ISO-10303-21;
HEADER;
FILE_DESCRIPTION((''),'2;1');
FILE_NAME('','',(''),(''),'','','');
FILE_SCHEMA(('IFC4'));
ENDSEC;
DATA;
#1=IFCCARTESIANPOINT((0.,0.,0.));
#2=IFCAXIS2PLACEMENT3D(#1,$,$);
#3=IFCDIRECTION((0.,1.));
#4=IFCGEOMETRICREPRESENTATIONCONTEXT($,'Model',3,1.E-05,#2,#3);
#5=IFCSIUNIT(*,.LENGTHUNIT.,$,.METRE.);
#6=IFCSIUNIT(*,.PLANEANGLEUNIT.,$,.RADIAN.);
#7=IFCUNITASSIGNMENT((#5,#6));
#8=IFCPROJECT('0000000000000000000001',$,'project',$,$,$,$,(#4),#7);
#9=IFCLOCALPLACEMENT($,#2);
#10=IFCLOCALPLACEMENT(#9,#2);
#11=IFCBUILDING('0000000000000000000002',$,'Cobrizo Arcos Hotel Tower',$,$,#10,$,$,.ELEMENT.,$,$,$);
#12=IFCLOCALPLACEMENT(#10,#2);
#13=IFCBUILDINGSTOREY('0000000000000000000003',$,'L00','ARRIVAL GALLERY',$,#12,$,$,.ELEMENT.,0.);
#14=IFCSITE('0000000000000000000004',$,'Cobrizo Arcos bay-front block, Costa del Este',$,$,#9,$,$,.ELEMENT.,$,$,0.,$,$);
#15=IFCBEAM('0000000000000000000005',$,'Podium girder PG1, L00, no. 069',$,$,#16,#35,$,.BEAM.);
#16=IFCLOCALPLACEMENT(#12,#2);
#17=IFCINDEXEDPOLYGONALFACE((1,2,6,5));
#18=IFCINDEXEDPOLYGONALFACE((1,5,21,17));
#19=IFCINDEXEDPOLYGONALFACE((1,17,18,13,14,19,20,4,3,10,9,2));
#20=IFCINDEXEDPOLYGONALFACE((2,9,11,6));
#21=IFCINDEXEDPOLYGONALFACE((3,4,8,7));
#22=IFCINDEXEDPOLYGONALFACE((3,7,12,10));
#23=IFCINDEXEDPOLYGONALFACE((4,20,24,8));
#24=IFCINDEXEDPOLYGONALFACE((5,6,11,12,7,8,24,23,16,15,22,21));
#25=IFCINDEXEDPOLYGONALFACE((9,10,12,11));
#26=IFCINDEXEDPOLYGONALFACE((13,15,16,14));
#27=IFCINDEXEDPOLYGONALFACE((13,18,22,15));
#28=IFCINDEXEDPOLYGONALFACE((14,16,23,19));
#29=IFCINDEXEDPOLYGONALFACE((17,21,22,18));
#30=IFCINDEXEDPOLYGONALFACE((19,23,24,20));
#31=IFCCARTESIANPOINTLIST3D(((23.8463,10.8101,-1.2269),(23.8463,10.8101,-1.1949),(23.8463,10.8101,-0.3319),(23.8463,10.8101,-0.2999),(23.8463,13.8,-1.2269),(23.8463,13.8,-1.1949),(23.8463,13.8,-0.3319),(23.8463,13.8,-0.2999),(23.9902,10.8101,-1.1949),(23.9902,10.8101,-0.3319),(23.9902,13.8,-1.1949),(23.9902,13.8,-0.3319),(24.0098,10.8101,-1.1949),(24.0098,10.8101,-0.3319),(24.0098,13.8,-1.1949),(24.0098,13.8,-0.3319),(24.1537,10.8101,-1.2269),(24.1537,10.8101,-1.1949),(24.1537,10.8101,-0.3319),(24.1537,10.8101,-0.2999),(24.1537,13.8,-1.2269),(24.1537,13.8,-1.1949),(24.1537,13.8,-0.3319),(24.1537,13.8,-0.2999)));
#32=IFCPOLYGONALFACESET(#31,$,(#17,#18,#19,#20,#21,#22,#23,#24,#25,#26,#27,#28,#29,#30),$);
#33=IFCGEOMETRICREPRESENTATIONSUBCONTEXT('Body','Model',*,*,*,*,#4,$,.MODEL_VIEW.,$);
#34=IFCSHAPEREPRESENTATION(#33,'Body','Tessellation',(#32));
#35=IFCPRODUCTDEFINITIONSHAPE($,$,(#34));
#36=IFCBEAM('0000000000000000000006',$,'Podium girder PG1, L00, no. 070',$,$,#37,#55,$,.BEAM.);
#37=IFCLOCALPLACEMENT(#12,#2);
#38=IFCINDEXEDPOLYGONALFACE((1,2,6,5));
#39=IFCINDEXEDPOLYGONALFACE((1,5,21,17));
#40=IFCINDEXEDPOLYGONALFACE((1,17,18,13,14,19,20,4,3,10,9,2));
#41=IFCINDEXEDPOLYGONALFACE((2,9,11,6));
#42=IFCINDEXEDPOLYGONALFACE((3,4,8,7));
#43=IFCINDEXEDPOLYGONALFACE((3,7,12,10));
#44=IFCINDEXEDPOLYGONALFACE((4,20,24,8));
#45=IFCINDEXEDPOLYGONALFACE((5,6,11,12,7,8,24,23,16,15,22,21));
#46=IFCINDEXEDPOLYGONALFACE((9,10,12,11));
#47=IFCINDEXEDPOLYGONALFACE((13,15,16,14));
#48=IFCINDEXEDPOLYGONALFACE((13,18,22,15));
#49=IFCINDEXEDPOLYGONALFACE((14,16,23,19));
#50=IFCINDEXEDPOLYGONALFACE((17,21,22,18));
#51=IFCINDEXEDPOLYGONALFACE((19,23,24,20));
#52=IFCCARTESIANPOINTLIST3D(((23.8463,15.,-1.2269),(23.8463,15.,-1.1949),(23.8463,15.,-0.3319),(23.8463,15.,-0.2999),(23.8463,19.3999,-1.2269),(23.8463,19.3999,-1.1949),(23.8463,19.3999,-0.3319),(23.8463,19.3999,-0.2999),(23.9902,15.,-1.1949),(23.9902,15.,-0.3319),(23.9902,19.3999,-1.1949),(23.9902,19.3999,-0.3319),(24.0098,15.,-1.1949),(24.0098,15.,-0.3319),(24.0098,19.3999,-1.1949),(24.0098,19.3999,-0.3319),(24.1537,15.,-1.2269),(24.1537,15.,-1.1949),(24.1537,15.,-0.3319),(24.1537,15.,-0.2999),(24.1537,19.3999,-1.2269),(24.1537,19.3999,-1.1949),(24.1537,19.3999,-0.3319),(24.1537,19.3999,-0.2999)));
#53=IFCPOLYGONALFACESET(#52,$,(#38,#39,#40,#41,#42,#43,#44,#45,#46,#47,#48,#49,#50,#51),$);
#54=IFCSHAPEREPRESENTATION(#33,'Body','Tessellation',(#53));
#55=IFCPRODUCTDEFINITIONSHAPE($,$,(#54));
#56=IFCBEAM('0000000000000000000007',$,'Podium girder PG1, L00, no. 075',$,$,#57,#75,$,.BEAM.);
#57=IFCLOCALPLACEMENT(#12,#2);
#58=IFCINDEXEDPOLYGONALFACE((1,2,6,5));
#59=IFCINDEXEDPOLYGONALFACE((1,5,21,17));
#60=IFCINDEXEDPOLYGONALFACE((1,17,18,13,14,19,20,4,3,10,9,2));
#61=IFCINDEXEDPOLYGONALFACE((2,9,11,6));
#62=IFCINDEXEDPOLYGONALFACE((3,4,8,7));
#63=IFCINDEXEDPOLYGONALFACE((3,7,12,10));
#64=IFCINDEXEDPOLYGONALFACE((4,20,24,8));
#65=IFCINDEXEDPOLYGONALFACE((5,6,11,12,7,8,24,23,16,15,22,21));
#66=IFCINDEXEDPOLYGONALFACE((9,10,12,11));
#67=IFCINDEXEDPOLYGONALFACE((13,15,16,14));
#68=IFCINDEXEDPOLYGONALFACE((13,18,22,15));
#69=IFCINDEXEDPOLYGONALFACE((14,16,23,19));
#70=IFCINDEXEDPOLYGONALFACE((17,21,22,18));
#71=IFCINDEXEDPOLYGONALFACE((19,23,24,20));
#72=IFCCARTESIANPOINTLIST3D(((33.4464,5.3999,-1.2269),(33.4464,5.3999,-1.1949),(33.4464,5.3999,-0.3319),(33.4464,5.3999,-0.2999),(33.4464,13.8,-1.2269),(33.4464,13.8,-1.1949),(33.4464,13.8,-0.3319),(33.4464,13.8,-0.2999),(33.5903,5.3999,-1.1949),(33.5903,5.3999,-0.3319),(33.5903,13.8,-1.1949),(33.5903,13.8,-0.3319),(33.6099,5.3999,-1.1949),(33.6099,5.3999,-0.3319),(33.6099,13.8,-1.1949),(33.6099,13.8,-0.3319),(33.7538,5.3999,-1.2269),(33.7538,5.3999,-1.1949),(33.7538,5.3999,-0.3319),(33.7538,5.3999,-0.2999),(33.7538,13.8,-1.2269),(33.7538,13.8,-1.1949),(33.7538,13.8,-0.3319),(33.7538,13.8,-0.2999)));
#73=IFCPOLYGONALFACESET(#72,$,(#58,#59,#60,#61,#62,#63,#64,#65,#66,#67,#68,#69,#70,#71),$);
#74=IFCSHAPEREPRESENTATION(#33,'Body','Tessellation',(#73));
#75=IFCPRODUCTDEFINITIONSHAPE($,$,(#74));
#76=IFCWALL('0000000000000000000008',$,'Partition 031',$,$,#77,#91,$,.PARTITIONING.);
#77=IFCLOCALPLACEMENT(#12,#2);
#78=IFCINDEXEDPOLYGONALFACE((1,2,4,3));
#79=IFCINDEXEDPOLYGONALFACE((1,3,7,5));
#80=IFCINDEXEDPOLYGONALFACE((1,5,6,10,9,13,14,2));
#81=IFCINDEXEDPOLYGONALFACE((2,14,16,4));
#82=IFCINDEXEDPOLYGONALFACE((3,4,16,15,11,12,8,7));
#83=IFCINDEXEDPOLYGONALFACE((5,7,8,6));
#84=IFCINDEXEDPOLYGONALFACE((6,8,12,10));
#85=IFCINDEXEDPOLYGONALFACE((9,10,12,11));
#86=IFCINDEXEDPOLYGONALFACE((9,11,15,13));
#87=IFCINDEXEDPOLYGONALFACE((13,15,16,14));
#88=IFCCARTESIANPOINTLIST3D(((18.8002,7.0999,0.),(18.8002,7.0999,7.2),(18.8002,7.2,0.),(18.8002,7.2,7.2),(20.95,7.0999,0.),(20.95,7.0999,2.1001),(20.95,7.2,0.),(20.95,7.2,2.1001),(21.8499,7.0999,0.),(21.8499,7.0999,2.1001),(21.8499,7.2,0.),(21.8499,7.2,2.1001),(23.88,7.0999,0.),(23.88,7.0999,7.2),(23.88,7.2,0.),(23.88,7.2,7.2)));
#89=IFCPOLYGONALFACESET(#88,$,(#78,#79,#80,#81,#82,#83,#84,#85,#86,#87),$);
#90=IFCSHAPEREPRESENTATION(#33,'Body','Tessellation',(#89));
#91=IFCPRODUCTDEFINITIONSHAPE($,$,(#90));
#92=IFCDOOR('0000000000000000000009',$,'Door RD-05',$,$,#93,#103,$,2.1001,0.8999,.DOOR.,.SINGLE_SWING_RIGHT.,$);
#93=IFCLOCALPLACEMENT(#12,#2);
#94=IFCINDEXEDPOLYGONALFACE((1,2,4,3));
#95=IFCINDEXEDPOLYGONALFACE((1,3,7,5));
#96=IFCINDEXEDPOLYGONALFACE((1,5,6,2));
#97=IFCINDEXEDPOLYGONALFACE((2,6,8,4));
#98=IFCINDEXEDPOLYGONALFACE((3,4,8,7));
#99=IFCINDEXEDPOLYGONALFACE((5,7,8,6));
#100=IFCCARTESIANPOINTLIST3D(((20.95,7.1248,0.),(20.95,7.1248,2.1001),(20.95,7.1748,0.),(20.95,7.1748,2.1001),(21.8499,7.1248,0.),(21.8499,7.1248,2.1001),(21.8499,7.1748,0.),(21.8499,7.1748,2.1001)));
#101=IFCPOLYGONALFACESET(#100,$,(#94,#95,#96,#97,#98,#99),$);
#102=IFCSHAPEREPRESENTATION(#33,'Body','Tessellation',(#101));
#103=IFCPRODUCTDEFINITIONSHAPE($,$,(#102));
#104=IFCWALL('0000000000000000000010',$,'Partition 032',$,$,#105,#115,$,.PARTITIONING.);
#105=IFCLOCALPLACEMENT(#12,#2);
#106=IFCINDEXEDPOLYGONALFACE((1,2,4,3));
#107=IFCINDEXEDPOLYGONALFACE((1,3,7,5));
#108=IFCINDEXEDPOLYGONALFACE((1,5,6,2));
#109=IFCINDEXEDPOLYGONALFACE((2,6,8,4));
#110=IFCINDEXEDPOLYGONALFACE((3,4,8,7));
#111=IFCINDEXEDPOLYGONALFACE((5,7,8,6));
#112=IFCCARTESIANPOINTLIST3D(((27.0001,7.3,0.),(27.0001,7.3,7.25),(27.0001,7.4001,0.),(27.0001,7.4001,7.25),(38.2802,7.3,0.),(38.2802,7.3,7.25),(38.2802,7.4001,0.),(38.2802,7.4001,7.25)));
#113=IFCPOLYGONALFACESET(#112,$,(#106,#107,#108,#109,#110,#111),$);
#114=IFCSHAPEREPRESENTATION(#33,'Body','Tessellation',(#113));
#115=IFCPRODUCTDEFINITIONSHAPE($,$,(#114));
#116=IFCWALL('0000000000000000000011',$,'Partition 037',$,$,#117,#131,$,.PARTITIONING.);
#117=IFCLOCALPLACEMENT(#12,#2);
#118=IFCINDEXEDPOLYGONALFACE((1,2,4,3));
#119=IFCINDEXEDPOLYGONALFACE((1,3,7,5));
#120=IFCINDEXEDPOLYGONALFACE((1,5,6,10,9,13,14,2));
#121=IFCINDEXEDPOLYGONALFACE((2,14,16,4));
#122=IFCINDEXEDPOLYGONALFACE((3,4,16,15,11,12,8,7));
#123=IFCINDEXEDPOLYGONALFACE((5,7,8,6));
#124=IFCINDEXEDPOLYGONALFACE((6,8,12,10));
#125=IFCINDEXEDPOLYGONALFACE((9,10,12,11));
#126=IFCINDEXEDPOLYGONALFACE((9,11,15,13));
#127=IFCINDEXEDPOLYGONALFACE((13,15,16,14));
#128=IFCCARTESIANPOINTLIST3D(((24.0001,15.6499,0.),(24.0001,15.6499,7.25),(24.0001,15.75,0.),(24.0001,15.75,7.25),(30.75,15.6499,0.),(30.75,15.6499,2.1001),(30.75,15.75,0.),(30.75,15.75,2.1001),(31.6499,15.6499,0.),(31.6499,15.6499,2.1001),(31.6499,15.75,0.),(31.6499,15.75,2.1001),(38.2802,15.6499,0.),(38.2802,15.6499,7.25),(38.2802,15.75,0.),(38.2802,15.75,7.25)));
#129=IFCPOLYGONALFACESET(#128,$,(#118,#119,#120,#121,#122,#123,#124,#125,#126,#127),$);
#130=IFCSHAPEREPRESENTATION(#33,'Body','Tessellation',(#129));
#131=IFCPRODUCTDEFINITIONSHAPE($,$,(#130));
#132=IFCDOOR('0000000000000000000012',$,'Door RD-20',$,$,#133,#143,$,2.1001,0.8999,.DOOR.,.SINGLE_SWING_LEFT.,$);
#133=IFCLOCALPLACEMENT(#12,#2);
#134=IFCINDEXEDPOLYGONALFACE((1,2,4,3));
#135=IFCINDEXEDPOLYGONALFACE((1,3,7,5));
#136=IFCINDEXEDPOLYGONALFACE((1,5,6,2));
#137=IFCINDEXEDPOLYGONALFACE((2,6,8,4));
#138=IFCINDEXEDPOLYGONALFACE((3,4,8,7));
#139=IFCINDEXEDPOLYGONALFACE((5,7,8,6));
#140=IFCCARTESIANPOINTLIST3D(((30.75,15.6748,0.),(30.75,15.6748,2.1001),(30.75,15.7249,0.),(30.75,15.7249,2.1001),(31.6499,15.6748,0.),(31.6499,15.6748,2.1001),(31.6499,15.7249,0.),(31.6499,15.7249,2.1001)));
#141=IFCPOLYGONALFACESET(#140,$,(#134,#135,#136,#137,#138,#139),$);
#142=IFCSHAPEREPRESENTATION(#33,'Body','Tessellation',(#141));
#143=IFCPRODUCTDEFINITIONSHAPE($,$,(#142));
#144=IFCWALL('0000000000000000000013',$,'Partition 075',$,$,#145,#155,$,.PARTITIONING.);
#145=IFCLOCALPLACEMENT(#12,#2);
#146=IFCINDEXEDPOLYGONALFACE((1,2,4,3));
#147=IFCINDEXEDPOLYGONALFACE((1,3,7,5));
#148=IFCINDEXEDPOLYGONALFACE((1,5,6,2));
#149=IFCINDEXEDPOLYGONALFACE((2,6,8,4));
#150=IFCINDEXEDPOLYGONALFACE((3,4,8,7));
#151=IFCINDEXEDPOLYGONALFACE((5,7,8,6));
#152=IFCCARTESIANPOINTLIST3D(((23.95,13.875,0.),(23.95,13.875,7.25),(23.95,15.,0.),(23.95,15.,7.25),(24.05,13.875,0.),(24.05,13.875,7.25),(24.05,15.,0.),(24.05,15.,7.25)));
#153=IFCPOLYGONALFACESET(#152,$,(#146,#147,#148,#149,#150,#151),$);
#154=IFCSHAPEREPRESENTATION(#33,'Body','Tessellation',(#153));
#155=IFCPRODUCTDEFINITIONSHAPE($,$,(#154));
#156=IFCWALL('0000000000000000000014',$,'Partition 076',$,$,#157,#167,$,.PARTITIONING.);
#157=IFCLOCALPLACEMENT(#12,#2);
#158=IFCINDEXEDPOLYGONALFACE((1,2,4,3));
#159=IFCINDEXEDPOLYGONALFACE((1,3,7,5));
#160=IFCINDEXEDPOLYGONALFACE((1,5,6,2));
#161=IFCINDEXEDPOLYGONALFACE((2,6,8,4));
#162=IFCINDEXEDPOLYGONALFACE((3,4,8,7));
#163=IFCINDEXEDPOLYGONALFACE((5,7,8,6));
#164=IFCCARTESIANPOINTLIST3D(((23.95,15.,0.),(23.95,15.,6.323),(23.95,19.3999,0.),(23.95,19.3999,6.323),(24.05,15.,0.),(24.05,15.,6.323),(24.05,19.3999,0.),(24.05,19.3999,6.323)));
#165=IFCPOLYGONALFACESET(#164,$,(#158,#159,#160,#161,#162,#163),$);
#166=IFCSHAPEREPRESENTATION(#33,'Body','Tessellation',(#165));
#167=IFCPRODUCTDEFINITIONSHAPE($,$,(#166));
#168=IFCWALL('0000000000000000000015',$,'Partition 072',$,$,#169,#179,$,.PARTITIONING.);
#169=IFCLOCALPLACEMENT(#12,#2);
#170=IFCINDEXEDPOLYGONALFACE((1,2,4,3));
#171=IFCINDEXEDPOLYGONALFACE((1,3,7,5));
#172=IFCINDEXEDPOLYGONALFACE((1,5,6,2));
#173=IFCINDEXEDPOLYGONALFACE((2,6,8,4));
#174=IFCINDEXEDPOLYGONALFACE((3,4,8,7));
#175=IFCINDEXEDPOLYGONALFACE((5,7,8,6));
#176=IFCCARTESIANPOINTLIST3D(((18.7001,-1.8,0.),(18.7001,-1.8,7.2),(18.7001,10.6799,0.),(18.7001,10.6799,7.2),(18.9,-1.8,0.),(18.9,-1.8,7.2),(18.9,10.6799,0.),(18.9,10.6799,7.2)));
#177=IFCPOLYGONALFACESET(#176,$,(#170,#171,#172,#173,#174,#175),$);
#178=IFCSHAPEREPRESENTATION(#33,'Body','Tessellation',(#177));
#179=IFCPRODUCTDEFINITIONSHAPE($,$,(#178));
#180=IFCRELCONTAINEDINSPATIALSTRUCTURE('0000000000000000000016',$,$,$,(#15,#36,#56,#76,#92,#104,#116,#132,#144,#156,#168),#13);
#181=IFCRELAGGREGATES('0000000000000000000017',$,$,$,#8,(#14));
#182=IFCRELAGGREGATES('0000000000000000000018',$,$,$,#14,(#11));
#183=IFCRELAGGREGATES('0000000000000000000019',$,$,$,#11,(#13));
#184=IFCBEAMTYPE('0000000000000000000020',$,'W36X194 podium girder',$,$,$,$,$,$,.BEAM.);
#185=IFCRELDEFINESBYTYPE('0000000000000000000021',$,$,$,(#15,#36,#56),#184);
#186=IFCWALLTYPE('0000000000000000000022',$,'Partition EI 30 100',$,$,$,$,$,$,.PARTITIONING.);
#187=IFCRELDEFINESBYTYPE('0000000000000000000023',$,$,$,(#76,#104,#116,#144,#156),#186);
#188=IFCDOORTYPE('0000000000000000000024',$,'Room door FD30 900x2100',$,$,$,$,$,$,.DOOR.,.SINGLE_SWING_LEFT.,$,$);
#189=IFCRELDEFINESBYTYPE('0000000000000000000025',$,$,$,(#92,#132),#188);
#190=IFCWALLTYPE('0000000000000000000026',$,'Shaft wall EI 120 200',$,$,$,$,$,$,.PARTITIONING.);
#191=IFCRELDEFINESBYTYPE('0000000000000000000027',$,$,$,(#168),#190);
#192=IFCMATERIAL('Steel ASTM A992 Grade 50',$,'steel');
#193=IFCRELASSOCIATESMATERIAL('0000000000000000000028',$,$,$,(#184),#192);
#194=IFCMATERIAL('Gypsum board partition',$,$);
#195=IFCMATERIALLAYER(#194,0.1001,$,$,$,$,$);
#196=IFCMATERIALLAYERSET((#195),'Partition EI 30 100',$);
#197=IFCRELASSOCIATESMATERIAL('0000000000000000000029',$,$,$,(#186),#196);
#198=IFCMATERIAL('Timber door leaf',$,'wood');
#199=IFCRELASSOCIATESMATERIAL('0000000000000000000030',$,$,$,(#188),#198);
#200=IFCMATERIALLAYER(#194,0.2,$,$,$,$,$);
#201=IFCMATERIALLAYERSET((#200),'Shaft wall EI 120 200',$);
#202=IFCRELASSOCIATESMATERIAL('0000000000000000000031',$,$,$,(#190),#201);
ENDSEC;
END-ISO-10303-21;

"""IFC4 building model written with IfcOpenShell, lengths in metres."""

from ifc_helpers import new_model, si_unit, direction, frame, frame_2d, origin, origin_2d, place, context, subcontext, project, spatial, rectangle, i_section, extrude, material, layer, layer_set, material_profile, profile_set, type_object, element, fill, save


model = new_model("IFC4")

# Units and contexts
model_context = context("Model", 3, precision=1e-05, world=origin(), true_north=direction((0.0, 1.0)))
body_context = subcontext(model_context, "Body", "Model", "MODEL_VIEW")
ifc_project = project(units=[si_unit("LENGTHUNIT", "METRE"), si_unit("PLANEANGLEUNIT", "RADIAN")], contexts=[model_context])

# Site, building, storey
site_placement = place(None, origin())
site = spatial("IfcSite", under=ifc_project, at=site_placement, Name="Cobrizo Arcos bay-front block, Costa del Este", CompositionType="ELEMENT", RefElevation=0.0)
building_placement = place(site_placement, origin())
building = spatial("IfcBuilding", under=site, at=building_placement, Name="Cobrizo Arcos Hotel Tower", CompositionType="ELEMENT")
storey_placement = place(building_placement, origin())
storey = spatial("IfcBuildingStorey", under=building, at=storey_placement, Name="L00", Description="ARRIVAL GALLERY", CompositionType="ELEMENT", Elevation=0.0)

# Beams
ifc_material_1 = material(Name="Steel ASTM A992 Grade 50", Category="steel")
ifc_material_profile_1 = material_profile(ifc_material_1, i_section(OverallWidth=0.3074, OverallDepth=0.927, WebThickness=0.0195, FlangeThickness=0.032, at=origin_2d()), Name="W36X194")
ifc_profile_set_1 = profile_set([ifc_material_profile_1], Name="Steel ASTM A992 Grade 50")
beam_type_1 = type_object("IfcBeamType", Name="W36X194 podium girder", PredefinedType="BEAM", material=ifc_profile_set_1)
beam_1_placement = place(storey_placement, frame((24.0, 10.8101, -0.7634), z_axis=(0.0, 1.0, 0.0), x_axis=(-1.0, 0.0, 0.0)))
element("IfcBeam", 1, at=beam_1_placement, inside=storey, type_object=beam_type_1, Name="Podium girder PG1, L00, no. 069", PredefinedType="BEAM", context=body_context, shape_type="SweptSolid", body=[
    extrude(i_section(OverallWidth=0.3074, OverallDepth=0.927, WebThickness=0.0195, FlangeThickness=0.032, at=origin_2d()), origin(), (0.0, 0.0, 1.0), 2.99),
])
beam_2_placement = place(storey_placement, frame((24.0, 15.0, -0.7634), z_axis=(0.0, 1.0, 0.0), x_axis=(-1.0, 0.0, 0.0)))
element("IfcBeam", 2, at=beam_2_placement, inside=storey, type_object=beam_type_1, Name="Podium girder PG1, L00, no. 070", PredefinedType="BEAM", context=body_context, shape_type="SweptSolid", body=[
    extrude(i_section(OverallWidth=0.3074, OverallDepth=0.927, WebThickness=0.0195, FlangeThickness=0.032, at=origin_2d()), origin(), (0.0, 0.0, 1.0), 4.3999),
])
beam_3_placement = place(storey_placement, frame((33.6001, 5.3999, -0.7634), z_axis=(0.0, 1.0, 0.0), x_axis=(-1.0, 0.0, 0.0)))
element("IfcBeam", 3, at=beam_3_placement, inside=storey, type_object=beam_type_1, Name="Podium girder PG1, L00, no. 075", PredefinedType="BEAM", context=body_context, shape_type="SweptSolid", body=[
    extrude(i_section(OverallWidth=0.3074, OverallDepth=0.927, WebThickness=0.0195, FlangeThickness=0.032, at=origin_2d()), origin(), (0.0, 0.0, 1.0), 8.4001),
])

# Wall, opening, door
ifc_material_2 = material(Name="Gypsum board partition")
ifc_layer_1 = layer(ifc_material_2, 0.1001)
ifc_layer_set_1 = layer_set([ifc_layer_1], Name="Partition EI 30 100")
wall_type_1 = type_object("IfcWallType", Name="Partition EI 30 100", PredefinedType="PARTITIONING", material=ifc_layer_set_1)
wall_1_placement = place(storey_placement, frame((18.8, 7.1499, 0.0), z_axis=(0.0, 0.0, 1.0), x_axis=(1.0, 0.0, 0.0)))
wall_1 = element("IfcWall", 4, at=wall_1_placement, inside=storey, type_object=wall_type_1, Name="Partition 031", PredefinedType="PARTITIONING", context=body_context, shape_type="SweptSolid", body=[
    extrude(rectangle(XDim=5.0798, YDim=0.1001, at=frame_2d((2.54, 0.0))), origin(), (0.0, 0.0, 1.0), 7.2),
])
opening_1_placement = place(wall_1_placement, frame((2.1499, 0.0, 0.0)))
opening_1 = element("IfcOpeningElement", 5, at=opening_1_placement, cuts=wall_1, PredefinedType="OPENING", context=body_context, shape_type="SweptSolid", body=[
    extrude(rectangle(XDim=0.8999, YDim=2.1001, at=frame_2d((0.45, 1.05))), frame((0.0, 0.062, 0.0), z_axis=(0.0, -1.0, 0.0), x_axis=(1.0, 0.0, 0.0)), (0.0, 0.0, 1.0), 0.124),
])
ifc_material_3 = material(Name="Timber door leaf", Category="wood")
door_type = type_object("IfcDoorType", Name="Room door FD30 900x2100", OperationType="SINGLE_SWING_LEFT", PredefinedType="DOOR", material=ifc_material_3)
door_1_placement = place(opening_1_placement, origin())
door_1 = element("IfcDoor", 6, at=door_1_placement, inside=storey, type_object=door_type, Name="Door RD-05", OperationType="SINGLE_SWING_RIGHT", OverallHeight=2.1001, OverallWidth=0.8999, PredefinedType="DOOR", context=body_context, shape_type="SweptSolid", body=[
    extrude(rectangle(XDim=0.8999, YDim=2.1001, at=frame_2d((0.45, 1.05))), frame((0.0, 0.0249, 0.0), z_axis=(0.0, -1.0, 0.0), x_axis=(1.0, 0.0, 0.0)), (0.0, 0.0, 1.0), 0.05),
])
fill(opening_1, door_1)

# Wall
wall_2_placement = place(storey_placement, frame((27.0, 7.3501, 0.0), z_axis=(0.0, 0.0, 1.0), x_axis=(1.0, 0.0, 0.0)))
element("IfcWall", 7, at=wall_2_placement, inside=storey, type_object=wall_type_1, Name="Partition 032", PredefinedType="PARTITIONING", context=body_context, shape_type="SweptSolid", body=[
    extrude(rectangle(XDim=11.28, YDim=0.1001, at=frame_2d((5.6401, 0.0))), origin(), (0.0, 0.0, 1.0), 7.25),
])

# Wall, opening, door
wall_3_placement = place(storey_placement, frame((24.0, 15.7, 0.0), z_axis=(0.0, 0.0, 1.0), x_axis=(1.0, 0.0, 0.0)))
wall_3 = element("IfcWall", 8, at=wall_3_placement, inside=storey, type_object=wall_type_1, Name="Partition 037", PredefinedType="PARTITIONING", context=body_context, shape_type="SweptSolid", body=[
    extrude(rectangle(XDim=14.28, YDim=0.1001, at=frame_2d((7.1401, 0.0))), origin(), (0.0, 0.0, 1.0), 7.25),
])
opening_2_placement = place(wall_3_placement, frame((6.75, 0.0, 0.0)))
opening_2 = element("IfcOpeningElement", 9, at=opening_2_placement, cuts=wall_3, PredefinedType="OPENING", context=body_context, shape_type="SweptSolid", body=[
    extrude(rectangle(XDim=0.8999, YDim=2.1001, at=frame_2d((0.45, 1.05))), frame((0.0, 0.062, 0.0), z_axis=(0.0, -1.0, 0.0), x_axis=(1.0, 0.0, 0.0)), (0.0, 0.0, 1.0), 0.124),
])
door_2_placement = place(opening_2_placement, origin())
door_2 = element("IfcDoor", 10, at=door_2_placement, inside=storey, type_object=door_type, Name="Door RD-20", OperationType="SINGLE_SWING_LEFT", OverallHeight=2.1001, OverallWidth=0.8999, PredefinedType="DOOR", context=body_context, shape_type="SweptSolid", body=[
    extrude(rectangle(XDim=0.8999, YDim=2.1001, at=frame_2d((0.45, 1.05))), frame((0.0, 0.0249, 0.0), z_axis=(0.0, -1.0, 0.0), x_axis=(1.0, 0.0, 0.0)), (0.0, 0.0, 1.0), 0.05),
])
fill(opening_2, door_2)

# Walls
wall_4_placement = place(storey_placement, frame((24.0, 13.875, 0.0), z_axis=(0.0, 0.0, 1.0), x_axis=(0.0, 1.0, 0.0)))
element("IfcWall", 11, at=wall_4_placement, inside=storey, type_object=wall_type_1, Name="Partition 075", PredefinedType="PARTITIONING", context=body_context, shape_type="SweptSolid", body=[
    extrude(rectangle(XDim=1.125, YDim=0.1001, at=frame_2d((0.5625, 0.0))), origin(), (0.0, 0.0, 1.0), 7.25),
])
wall_5_placement = place(storey_placement, frame((24.0, 15.0, 0.0), z_axis=(0.0, 0.0, 1.0), x_axis=(0.0, 1.0, 0.0)))
element("IfcWall", 12, at=wall_5_placement, inside=storey, type_object=wall_type_1, Name="Partition 076", PredefinedType="PARTITIONING", context=body_context, shape_type="SweptSolid", body=[
    extrude(rectangle(XDim=4.3999, YDim=0.1001, at=frame_2d((2.2, 0.0))), origin(), (0.0, 0.0, 1.0), 6.323),
])
ifc_layer_2 = layer(ifc_material_2, 0.2)
ifc_layer_set_2 = layer_set([ifc_layer_2], Name="Shaft wall EI 120 200")
wall_type_2 = type_object("IfcWallType", Name="Shaft wall EI 120 200", PredefinedType="PARTITIONING", material=ifc_layer_set_2)
wall_6_placement = place(storey_placement, frame((18.8, -1.8, 0.0), z_axis=(0.0, 0.0, 1.0), x_axis=(0.0, 1.0, 0.0)))
element("IfcWall", 13, at=wall_6_placement, inside=storey, type_object=wall_type_2, Name="Partition 072", PredefinedType="PARTITIONING", context=body_context, shape_type="SweptSolid", body=[
    extrude(rectangle(XDim=12.48, YDim=0.2, at=frame_2d((6.24, 0.0))), origin(), (0.0, 0.0, 1.0), 7.2),
])

save(model, "model.ifc")
